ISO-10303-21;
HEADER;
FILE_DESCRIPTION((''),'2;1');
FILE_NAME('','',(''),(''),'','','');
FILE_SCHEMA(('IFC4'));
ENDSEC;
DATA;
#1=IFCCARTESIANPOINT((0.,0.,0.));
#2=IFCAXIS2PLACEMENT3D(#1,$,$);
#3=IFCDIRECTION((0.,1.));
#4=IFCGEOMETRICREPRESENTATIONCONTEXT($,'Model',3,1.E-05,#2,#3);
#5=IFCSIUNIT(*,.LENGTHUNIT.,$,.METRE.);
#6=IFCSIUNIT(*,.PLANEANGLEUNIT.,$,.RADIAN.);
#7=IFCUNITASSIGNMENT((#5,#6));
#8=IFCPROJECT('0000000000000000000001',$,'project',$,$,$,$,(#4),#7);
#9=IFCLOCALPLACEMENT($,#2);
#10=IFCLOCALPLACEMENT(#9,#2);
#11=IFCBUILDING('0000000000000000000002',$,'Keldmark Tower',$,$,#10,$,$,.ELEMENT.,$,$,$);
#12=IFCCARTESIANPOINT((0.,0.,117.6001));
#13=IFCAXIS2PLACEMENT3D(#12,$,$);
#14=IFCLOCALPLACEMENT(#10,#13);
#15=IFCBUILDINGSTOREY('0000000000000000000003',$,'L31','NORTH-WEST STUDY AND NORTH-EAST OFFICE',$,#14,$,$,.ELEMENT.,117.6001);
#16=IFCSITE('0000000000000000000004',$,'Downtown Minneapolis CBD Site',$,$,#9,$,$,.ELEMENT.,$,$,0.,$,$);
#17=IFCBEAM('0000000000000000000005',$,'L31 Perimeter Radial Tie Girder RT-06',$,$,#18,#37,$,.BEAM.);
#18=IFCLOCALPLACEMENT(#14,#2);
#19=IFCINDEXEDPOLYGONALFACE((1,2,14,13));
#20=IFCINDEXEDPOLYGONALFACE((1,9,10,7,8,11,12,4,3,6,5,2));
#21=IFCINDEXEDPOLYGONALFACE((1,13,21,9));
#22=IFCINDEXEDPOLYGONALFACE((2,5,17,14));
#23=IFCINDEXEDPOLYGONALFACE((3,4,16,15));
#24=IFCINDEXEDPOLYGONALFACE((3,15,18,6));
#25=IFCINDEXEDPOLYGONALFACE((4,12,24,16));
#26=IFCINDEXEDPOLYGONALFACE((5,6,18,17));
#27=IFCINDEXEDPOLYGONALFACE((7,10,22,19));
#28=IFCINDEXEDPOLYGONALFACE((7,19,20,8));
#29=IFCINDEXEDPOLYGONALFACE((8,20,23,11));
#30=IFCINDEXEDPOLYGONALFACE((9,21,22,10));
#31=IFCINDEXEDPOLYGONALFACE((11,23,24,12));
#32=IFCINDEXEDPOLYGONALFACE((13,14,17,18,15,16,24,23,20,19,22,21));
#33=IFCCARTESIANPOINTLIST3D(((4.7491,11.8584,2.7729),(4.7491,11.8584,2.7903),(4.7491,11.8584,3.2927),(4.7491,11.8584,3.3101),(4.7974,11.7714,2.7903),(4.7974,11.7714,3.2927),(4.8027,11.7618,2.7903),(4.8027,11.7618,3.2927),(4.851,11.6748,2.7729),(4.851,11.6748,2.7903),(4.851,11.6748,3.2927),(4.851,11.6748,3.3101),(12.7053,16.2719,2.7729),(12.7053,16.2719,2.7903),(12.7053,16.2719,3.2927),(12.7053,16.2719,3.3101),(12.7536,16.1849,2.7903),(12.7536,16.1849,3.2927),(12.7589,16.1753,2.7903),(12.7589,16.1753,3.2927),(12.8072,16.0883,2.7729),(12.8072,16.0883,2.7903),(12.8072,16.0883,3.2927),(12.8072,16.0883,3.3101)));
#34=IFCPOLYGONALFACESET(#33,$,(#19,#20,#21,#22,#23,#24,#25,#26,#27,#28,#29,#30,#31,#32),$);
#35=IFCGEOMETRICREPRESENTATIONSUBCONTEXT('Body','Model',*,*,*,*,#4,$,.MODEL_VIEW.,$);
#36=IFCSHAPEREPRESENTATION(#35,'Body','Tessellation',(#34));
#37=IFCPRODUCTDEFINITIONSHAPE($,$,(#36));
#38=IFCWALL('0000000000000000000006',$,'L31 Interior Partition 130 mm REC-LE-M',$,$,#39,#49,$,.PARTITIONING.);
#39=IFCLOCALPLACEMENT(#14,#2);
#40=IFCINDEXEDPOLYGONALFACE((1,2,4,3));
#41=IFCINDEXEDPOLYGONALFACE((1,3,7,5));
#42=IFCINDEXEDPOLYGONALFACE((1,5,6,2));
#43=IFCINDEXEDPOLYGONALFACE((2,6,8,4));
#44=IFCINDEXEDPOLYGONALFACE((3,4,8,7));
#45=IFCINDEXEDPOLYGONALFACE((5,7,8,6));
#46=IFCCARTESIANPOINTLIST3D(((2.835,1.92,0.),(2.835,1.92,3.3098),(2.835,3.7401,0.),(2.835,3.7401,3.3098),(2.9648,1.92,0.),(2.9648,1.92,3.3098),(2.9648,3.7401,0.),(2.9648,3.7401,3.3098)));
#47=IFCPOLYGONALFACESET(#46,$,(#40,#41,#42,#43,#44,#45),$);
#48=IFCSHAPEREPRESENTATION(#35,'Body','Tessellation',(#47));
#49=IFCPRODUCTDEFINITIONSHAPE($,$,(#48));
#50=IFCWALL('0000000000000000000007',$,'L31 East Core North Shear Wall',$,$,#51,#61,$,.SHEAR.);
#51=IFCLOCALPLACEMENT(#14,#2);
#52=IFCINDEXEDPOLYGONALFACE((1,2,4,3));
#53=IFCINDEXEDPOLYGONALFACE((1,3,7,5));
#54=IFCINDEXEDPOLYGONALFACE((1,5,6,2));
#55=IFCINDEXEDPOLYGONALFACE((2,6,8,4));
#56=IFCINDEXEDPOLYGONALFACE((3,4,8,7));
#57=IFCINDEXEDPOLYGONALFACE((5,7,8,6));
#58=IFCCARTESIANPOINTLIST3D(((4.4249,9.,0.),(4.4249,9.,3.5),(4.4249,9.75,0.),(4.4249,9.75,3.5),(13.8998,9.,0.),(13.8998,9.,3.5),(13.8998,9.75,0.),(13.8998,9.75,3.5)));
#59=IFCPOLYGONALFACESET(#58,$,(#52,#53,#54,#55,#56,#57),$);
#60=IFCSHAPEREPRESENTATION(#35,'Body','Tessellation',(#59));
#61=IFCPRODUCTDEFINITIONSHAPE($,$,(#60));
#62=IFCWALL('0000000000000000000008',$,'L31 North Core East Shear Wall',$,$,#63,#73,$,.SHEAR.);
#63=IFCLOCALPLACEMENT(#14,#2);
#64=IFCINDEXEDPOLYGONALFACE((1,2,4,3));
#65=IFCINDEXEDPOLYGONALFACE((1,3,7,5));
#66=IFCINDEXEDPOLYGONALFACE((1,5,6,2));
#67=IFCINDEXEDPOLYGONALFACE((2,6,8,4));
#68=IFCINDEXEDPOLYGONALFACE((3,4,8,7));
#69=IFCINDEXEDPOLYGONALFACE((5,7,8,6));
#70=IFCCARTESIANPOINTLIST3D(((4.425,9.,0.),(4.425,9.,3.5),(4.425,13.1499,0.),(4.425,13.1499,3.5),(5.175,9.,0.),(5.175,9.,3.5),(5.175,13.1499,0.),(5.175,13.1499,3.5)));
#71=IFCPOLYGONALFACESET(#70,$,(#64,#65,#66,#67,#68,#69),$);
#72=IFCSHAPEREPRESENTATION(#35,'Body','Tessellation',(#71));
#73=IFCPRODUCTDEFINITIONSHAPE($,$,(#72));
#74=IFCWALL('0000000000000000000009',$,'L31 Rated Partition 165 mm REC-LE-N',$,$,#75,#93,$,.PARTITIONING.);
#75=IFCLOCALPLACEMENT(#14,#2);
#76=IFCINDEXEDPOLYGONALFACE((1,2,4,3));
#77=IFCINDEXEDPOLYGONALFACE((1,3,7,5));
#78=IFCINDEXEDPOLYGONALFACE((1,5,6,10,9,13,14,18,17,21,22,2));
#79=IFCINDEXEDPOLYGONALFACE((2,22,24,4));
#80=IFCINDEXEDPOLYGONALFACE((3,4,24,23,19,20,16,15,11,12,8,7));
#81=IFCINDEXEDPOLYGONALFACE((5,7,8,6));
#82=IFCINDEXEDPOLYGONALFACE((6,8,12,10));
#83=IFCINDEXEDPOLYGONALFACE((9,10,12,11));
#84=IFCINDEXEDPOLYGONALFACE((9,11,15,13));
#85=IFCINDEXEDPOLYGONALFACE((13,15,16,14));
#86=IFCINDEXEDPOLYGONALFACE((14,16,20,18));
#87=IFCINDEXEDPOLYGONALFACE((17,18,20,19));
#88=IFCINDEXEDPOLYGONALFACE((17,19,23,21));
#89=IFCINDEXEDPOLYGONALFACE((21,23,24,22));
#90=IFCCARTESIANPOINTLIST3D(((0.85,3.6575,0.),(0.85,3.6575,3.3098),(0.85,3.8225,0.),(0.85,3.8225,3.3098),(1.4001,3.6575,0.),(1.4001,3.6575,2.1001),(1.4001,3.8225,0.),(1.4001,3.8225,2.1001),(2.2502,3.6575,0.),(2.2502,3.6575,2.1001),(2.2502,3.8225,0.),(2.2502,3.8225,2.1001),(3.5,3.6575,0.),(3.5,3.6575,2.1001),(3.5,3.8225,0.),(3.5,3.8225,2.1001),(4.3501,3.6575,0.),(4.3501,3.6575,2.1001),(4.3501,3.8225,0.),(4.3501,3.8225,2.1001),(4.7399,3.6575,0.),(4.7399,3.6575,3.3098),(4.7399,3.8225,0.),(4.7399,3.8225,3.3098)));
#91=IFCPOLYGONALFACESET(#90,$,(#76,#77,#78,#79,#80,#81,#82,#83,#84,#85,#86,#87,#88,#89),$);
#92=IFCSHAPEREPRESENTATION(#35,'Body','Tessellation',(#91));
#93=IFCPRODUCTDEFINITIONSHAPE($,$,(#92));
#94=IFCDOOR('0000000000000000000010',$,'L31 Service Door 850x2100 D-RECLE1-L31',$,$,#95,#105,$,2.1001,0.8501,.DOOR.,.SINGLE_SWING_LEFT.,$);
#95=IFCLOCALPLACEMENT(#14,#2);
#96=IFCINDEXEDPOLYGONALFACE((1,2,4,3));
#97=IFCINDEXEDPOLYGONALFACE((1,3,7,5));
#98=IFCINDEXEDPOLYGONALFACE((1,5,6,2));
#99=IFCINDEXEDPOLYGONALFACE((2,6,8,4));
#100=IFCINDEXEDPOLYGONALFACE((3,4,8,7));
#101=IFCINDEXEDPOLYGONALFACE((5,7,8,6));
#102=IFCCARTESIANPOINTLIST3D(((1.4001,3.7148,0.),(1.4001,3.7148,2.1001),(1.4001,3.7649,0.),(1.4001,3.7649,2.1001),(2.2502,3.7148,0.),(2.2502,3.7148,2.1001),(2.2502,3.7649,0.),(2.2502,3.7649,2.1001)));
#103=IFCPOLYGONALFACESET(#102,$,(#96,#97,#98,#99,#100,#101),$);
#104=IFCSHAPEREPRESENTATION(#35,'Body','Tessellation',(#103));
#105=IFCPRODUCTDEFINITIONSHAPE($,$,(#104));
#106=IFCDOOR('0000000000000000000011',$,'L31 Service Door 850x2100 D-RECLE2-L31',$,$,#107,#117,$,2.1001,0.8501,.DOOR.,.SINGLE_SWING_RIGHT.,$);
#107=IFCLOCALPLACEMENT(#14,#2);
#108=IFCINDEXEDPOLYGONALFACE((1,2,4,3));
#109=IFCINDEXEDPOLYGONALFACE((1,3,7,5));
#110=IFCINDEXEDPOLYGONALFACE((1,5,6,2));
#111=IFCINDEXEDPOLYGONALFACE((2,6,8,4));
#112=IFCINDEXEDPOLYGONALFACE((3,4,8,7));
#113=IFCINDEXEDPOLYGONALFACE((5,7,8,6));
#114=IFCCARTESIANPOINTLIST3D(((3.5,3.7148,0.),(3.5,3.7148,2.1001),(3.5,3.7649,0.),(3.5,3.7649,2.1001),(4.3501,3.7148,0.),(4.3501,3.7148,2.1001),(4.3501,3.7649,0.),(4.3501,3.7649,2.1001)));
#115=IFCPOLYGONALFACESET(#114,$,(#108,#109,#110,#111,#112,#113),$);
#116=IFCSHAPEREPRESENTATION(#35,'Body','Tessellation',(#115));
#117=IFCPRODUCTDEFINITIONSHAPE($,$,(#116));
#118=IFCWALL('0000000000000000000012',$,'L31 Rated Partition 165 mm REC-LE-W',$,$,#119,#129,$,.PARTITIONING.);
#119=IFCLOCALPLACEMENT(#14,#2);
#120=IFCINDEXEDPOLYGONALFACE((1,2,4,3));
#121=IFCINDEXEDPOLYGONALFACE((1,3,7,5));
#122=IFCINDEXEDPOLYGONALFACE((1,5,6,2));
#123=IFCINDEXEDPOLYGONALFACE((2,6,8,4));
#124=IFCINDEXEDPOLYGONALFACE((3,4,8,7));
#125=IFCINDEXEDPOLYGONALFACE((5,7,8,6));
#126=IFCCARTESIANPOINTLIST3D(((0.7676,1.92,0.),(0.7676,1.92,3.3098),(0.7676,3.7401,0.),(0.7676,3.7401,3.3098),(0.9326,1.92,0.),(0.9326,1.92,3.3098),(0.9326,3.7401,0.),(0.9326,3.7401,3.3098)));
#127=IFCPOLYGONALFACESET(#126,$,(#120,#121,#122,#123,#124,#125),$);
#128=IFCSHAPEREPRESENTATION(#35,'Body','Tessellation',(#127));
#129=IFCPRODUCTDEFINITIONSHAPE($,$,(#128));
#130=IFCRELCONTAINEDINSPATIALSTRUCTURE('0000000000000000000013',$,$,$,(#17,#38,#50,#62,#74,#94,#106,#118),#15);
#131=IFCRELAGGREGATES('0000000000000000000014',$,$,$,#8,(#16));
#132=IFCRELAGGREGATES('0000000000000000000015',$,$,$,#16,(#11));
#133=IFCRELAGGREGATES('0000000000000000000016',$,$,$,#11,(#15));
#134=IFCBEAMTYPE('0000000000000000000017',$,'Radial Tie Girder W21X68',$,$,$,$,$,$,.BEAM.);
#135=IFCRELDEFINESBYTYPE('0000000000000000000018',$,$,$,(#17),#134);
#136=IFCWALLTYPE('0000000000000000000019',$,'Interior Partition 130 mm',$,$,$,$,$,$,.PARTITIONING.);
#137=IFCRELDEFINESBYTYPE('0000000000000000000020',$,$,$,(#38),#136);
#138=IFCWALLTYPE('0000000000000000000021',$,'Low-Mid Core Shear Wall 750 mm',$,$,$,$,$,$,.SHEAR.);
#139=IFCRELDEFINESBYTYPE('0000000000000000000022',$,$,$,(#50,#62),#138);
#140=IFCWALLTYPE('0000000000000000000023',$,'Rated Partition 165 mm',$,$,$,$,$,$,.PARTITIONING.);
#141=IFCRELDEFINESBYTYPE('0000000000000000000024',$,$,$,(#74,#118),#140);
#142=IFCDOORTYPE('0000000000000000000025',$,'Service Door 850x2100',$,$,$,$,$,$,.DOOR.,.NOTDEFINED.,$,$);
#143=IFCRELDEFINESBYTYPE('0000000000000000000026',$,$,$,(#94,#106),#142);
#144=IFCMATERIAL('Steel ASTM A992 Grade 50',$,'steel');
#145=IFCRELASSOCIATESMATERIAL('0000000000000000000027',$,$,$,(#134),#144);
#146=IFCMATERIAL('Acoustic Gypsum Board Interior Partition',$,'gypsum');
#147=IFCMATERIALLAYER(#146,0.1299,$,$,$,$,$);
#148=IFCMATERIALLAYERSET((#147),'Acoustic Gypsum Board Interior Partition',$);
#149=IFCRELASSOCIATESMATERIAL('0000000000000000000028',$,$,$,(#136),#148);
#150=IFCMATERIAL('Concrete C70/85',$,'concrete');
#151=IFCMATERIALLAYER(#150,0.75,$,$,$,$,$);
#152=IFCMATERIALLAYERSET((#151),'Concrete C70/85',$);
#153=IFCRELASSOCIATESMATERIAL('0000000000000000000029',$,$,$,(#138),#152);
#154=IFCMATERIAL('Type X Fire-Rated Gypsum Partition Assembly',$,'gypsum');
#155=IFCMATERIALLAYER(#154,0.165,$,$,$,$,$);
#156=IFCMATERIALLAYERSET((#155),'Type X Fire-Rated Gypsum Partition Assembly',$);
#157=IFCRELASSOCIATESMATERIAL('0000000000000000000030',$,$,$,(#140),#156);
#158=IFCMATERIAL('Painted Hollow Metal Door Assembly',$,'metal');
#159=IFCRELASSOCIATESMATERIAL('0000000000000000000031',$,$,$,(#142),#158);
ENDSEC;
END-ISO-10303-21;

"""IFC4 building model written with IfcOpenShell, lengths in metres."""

from ifc_helpers import new_model, si_unit, direction, frame, frame_2d, origin, origin_2d, place, context, subcontext, project, spatial, rectangle, i_section, extrude, material, layer, layer_set, material_profile, profile_set, type_object, element, fill, save


model = new_model("IFC4")

# Units and contexts
model_context = context("Model", 3, precision=1e-05, world=origin(), true_north=direction((0.0, 1.0)))
body_context = subcontext(model_context, "Body", "Model", "MODEL_VIEW")
ifc_project = project(units=[si_unit("LENGTHUNIT", "METRE"), si_unit("PLANEANGLEUNIT", "RADIAN")], contexts=[model_context])

# Site, building, storey
site_placement = place(None, origin())
site = spatial("IfcSite", under=ifc_project, at=site_placement, Name="Downtown Minneapolis CBD Site", CompositionType="ELEMENT", RefElevation=0.0)
building_placement = place(site_placement, origin())
building = spatial("IfcBuilding", under=site, at=building_placement, Name="Keldmark Tower", CompositionType="ELEMENT")
storey_placement = place(building_placement, frame((0.0, 0.0, 117.6001)))
storey = spatial("IfcBuildingStorey", under=building, at=storey_placement, Name="L31", Description="NORTH-WEST STUDY AND NORTH-EAST OFFICE", CompositionType="ELEMENT", Elevation=117.6001)

# Beam
ifc_material_1 = material(Name="Steel ASTM A992 Grade 50", Category="steel")
ifc_material_profile = material_profile(ifc_material_1, i_section(OverallWidth=0.21, OverallDepth=0.5371, WebThickness=0.011, FlangeThickness=0.0173, at=origin_2d()), Name="W21X68")
ifc_profile_set = profile_set([ifc_material_profile], Name="Steel ASTM A992 Grade 50")
beam_type = type_object("IfcBeamType", Name="Radial Tie Girder W21X68", PredefinedType="BEAM", material=ifc_profile_set)
beam_placement = place(storey_placement, frame((4.8, 11.7666, 3.0415), z_axis=(0.874465, 0.485089, 0.0), x_axis=(-0.485089, 0.874465, 0.0)))
element("IfcBeam", 1, at=beam_placement, inside=storey, type_object=beam_type, Name="L31 Perimeter Radial Tie Girder RT-06", PredefinedType="BEAM", context=body_context, shape_type="SweptSolid", body=[
    extrude(i_section(OverallWidth=0.21, OverallDepth=0.5371, WebThickness=0.011, FlangeThickness=0.0173, at=origin_2d()), origin(), (0.0, 0.0, 1.0), 9.0984),
])

# Walls
ifc_material_2 = material(Name="Acoustic Gypsum Board Interior Partition", Category="gypsum")
ifc_layer_1 = layer(ifc_material_2, 0.1299)
ifc_layer_set_1 = layer_set([ifc_layer_1], Name="Acoustic Gypsum Board Interior Partition")
wall_type_1 = type_object("IfcWallType", Name="Interior Partition 130 mm", PredefinedType="PARTITIONING", material=ifc_layer_set_1)
wall_1_placement = place(storey_placement, frame((2.8999, 1.9199, 0.0), z_axis=(0.0, 0.0, 1.0), x_axis=(0.0, 1.0, 0.0)))
element("IfcWall", 2, at=wall_1_placement, inside=storey, type_object=wall_type_1, Name="L31 Interior Partition 130 mm REC-LE-M", PredefinedType="PARTITIONING", context=body_context, shape_type="SweptSolid", body=[
    extrude(rectangle(XDim=1.8201, YDim=0.1299, at=frame_2d((0.9102, 0.0))), origin(), (0.0, 0.0, 1.0), 3.3098),
])
ifc_material_3 = material(Name="Concrete C70/85", Category="concrete")
ifc_layer_2 = layer(ifc_material_3, 0.75)
ifc_layer_set_2 = layer_set([ifc_layer_2], Name="Concrete C70/85")
wall_type_2 = type_object("IfcWallType", Name="Low-Mid Core Shear Wall 750 mm", PredefinedType="SHEAR", material=ifc_layer_set_2)
wall_2_placement = place(storey_placement, frame((4.425, 9.375, 0.0), z_axis=(0.0, 0.0, 1.0), x_axis=(1.0, 0.0, 0.0)))
element("IfcWall", 3, at=wall_2_placement, inside=storey, type_object=wall_type_2, Name="L31 East Core North Shear Wall", PredefinedType="SHEAR", context=body_context, shape_type="SweptSolid", body=[
    extrude(rectangle(XDim=9.4749, YDim=0.75, at=frame_2d((4.7373, 0.0))), origin(), (0.0, 0.0, 1.0), 3.5),
])
wall_3_placement = place(storey_placement, frame((4.8, 9.0, 0.0), z_axis=(0.0, 0.0, 1.0), x_axis=(0.0, 1.0, 0.0)))
element("IfcWall", 4, at=wall_3_placement, inside=storey, type_object=wall_type_2, Name="L31 North Core East Shear Wall", PredefinedType="SHEAR", context=body_context, shape_type="SweptSolid", body=[
    extrude(rectangle(XDim=4.1499, YDim=0.75, at=frame_2d((2.075, 0.0))), origin(), (0.0, 0.0, 1.0), 3.5),
])

# Wall, openings, doors
ifc_material_4 = material(Name="Type X Fire-Rated Gypsum Partition Assembly", Category="gypsum")
ifc_layer_3 = layer(ifc_material_4, 0.165)
ifc_layer_set_3 = layer_set([ifc_layer_3], Name="Type X Fire-Rated Gypsum Partition Assembly")
wall_type_3 = type_object("IfcWallType", Name="Rated Partition 165 mm", PredefinedType="PARTITIONING", material=ifc_layer_set_3)
wall_4_placement = place(storey_placement, frame((0.8501, 3.74, 0.0), z_axis=(0.0, 0.0, 1.0), x_axis=(1.0, 0.0, 0.0)))
wall_4 = element("IfcWall", 5, at=wall_4_placement, inside=storey, type_object=wall_type_3, Name="L31 Rated Partition 165 mm REC-LE-N", PredefinedType="PARTITIONING", context=body_context, shape_type="SweptSolid", body=[
    extrude(rectangle(XDim=3.8899, YDim=0.165, at=frame_2d((1.9448, 0.0))), origin(), (0.0, 0.0, 1.0), 3.3098),
])
opening_1_placement = place(wall_4_placement, frame((0.55, 0.0, 0.0)))
opening_1 = element("IfcOpeningElement", 6, at=opening_1_placement, cuts=wall_4, PredefinedType="OPENING", context=body_context, shape_type="SweptSolid", body=[
    extrude(rectangle(XDim=0.8501, YDim=2.1001, at=frame_2d((0.425, 1.05))), frame((0.0, 0.0925, 0.0), z_axis=(0.0, -1.0, 0.0), x_axis=(1.0, 0.0, 0.0)), (0.0, 0.0, 1.0), 0.1851),
])
opening_2_placement = place(wall_4_placement, frame((2.6499, 0.0, 0.0)))
opening_2 = element("IfcOpeningElement", 7, at=opening_2_placement, cuts=wall_4, PredefinedType="OPENING", context=body_context, shape_type="SweptSolid", body=[
    extrude(rectangle(XDim=0.8501, YDim=2.1001, at=frame_2d((0.425, 1.05))), frame((0.0, 0.0925, 0.0), z_axis=(0.0, -1.0, 0.0), x_axis=(1.0, 0.0, 0.0)), (0.0, 0.0, 1.0), 0.1851),
])
ifc_material_5 = material(Name="Painted Hollow Metal Door Assembly", Category="metal")
door_type_1 = type_object("IfcDoorType", Name="Service Door 850x2100", OperationType="NOTDEFINED", PredefinedType="DOOR", material=ifc_material_5)
door_1_placement = place(opening_1_placement, origin())
door_1 = element("IfcDoor", 8, at=door_1_placement, inside=storey, type_object=door_type_1, Name="L31 Service Door 850x2100 D-RECLE1-L31", OperationType="SINGLE_SWING_LEFT", OverallHeight=2.1001, OverallWidth=0.8501, PredefinedType="DOOR", context=body_context, shape_type="SweptSolid", body=[
    extrude(rectangle(XDim=0.8501, YDim=2.1001, at=frame_2d((0.425, 1.05))), frame((0.0, 0.0249, 0.0), z_axis=(0.0, -1.0, 0.0), x_axis=(1.0, 0.0, 0.0)), (0.0, 0.0, 1.0), 0.05),
])
fill(opening_1, door_1)
door_2_placement = place(opening_2_placement, origin())
door_2 = element("IfcDoor", 9, at=door_2_placement, inside=storey, type_object=door_type_1, Name="L31 Service Door 850x2100 D-RECLE2-L31", OperationType="SINGLE_SWING_RIGHT", OverallHeight=2.1001, OverallWidth=0.8501, PredefinedType="DOOR", context=body_context, shape_type="SweptSolid", body=[
    extrude(rectangle(XDim=0.8501, YDim=2.1001, at=frame_2d((0.425, 1.05))), frame((0.0, 0.0249, 0.0), z_axis=(0.0, -1.0, 0.0), x_axis=(1.0, 0.0, 0.0)), (0.0, 0.0, 1.0), 0.05),
])
fill(opening_2, door_2)

# Wall
wall_5_placement = place(storey_placement, frame((0.8501, 1.9199, 0.0), z_axis=(0.0, 0.0, 1.0), x_axis=(0.0, 1.0, 0.0)))
element("IfcWall", 10, at=wall_5_placement, inside=storey, type_object=wall_type_3, Name="L31 Rated Partition 165 mm REC-LE-W", PredefinedType="PARTITIONING", context=body_context, shape_type="SweptSolid", body=[
    extrude(rectangle(XDim=1.8201, YDim=0.165, at=frame_2d((0.9102, 0.0))), origin(), (0.0, 0.0, 1.0), 3.3098),
])

save(model, "model.ifc")
